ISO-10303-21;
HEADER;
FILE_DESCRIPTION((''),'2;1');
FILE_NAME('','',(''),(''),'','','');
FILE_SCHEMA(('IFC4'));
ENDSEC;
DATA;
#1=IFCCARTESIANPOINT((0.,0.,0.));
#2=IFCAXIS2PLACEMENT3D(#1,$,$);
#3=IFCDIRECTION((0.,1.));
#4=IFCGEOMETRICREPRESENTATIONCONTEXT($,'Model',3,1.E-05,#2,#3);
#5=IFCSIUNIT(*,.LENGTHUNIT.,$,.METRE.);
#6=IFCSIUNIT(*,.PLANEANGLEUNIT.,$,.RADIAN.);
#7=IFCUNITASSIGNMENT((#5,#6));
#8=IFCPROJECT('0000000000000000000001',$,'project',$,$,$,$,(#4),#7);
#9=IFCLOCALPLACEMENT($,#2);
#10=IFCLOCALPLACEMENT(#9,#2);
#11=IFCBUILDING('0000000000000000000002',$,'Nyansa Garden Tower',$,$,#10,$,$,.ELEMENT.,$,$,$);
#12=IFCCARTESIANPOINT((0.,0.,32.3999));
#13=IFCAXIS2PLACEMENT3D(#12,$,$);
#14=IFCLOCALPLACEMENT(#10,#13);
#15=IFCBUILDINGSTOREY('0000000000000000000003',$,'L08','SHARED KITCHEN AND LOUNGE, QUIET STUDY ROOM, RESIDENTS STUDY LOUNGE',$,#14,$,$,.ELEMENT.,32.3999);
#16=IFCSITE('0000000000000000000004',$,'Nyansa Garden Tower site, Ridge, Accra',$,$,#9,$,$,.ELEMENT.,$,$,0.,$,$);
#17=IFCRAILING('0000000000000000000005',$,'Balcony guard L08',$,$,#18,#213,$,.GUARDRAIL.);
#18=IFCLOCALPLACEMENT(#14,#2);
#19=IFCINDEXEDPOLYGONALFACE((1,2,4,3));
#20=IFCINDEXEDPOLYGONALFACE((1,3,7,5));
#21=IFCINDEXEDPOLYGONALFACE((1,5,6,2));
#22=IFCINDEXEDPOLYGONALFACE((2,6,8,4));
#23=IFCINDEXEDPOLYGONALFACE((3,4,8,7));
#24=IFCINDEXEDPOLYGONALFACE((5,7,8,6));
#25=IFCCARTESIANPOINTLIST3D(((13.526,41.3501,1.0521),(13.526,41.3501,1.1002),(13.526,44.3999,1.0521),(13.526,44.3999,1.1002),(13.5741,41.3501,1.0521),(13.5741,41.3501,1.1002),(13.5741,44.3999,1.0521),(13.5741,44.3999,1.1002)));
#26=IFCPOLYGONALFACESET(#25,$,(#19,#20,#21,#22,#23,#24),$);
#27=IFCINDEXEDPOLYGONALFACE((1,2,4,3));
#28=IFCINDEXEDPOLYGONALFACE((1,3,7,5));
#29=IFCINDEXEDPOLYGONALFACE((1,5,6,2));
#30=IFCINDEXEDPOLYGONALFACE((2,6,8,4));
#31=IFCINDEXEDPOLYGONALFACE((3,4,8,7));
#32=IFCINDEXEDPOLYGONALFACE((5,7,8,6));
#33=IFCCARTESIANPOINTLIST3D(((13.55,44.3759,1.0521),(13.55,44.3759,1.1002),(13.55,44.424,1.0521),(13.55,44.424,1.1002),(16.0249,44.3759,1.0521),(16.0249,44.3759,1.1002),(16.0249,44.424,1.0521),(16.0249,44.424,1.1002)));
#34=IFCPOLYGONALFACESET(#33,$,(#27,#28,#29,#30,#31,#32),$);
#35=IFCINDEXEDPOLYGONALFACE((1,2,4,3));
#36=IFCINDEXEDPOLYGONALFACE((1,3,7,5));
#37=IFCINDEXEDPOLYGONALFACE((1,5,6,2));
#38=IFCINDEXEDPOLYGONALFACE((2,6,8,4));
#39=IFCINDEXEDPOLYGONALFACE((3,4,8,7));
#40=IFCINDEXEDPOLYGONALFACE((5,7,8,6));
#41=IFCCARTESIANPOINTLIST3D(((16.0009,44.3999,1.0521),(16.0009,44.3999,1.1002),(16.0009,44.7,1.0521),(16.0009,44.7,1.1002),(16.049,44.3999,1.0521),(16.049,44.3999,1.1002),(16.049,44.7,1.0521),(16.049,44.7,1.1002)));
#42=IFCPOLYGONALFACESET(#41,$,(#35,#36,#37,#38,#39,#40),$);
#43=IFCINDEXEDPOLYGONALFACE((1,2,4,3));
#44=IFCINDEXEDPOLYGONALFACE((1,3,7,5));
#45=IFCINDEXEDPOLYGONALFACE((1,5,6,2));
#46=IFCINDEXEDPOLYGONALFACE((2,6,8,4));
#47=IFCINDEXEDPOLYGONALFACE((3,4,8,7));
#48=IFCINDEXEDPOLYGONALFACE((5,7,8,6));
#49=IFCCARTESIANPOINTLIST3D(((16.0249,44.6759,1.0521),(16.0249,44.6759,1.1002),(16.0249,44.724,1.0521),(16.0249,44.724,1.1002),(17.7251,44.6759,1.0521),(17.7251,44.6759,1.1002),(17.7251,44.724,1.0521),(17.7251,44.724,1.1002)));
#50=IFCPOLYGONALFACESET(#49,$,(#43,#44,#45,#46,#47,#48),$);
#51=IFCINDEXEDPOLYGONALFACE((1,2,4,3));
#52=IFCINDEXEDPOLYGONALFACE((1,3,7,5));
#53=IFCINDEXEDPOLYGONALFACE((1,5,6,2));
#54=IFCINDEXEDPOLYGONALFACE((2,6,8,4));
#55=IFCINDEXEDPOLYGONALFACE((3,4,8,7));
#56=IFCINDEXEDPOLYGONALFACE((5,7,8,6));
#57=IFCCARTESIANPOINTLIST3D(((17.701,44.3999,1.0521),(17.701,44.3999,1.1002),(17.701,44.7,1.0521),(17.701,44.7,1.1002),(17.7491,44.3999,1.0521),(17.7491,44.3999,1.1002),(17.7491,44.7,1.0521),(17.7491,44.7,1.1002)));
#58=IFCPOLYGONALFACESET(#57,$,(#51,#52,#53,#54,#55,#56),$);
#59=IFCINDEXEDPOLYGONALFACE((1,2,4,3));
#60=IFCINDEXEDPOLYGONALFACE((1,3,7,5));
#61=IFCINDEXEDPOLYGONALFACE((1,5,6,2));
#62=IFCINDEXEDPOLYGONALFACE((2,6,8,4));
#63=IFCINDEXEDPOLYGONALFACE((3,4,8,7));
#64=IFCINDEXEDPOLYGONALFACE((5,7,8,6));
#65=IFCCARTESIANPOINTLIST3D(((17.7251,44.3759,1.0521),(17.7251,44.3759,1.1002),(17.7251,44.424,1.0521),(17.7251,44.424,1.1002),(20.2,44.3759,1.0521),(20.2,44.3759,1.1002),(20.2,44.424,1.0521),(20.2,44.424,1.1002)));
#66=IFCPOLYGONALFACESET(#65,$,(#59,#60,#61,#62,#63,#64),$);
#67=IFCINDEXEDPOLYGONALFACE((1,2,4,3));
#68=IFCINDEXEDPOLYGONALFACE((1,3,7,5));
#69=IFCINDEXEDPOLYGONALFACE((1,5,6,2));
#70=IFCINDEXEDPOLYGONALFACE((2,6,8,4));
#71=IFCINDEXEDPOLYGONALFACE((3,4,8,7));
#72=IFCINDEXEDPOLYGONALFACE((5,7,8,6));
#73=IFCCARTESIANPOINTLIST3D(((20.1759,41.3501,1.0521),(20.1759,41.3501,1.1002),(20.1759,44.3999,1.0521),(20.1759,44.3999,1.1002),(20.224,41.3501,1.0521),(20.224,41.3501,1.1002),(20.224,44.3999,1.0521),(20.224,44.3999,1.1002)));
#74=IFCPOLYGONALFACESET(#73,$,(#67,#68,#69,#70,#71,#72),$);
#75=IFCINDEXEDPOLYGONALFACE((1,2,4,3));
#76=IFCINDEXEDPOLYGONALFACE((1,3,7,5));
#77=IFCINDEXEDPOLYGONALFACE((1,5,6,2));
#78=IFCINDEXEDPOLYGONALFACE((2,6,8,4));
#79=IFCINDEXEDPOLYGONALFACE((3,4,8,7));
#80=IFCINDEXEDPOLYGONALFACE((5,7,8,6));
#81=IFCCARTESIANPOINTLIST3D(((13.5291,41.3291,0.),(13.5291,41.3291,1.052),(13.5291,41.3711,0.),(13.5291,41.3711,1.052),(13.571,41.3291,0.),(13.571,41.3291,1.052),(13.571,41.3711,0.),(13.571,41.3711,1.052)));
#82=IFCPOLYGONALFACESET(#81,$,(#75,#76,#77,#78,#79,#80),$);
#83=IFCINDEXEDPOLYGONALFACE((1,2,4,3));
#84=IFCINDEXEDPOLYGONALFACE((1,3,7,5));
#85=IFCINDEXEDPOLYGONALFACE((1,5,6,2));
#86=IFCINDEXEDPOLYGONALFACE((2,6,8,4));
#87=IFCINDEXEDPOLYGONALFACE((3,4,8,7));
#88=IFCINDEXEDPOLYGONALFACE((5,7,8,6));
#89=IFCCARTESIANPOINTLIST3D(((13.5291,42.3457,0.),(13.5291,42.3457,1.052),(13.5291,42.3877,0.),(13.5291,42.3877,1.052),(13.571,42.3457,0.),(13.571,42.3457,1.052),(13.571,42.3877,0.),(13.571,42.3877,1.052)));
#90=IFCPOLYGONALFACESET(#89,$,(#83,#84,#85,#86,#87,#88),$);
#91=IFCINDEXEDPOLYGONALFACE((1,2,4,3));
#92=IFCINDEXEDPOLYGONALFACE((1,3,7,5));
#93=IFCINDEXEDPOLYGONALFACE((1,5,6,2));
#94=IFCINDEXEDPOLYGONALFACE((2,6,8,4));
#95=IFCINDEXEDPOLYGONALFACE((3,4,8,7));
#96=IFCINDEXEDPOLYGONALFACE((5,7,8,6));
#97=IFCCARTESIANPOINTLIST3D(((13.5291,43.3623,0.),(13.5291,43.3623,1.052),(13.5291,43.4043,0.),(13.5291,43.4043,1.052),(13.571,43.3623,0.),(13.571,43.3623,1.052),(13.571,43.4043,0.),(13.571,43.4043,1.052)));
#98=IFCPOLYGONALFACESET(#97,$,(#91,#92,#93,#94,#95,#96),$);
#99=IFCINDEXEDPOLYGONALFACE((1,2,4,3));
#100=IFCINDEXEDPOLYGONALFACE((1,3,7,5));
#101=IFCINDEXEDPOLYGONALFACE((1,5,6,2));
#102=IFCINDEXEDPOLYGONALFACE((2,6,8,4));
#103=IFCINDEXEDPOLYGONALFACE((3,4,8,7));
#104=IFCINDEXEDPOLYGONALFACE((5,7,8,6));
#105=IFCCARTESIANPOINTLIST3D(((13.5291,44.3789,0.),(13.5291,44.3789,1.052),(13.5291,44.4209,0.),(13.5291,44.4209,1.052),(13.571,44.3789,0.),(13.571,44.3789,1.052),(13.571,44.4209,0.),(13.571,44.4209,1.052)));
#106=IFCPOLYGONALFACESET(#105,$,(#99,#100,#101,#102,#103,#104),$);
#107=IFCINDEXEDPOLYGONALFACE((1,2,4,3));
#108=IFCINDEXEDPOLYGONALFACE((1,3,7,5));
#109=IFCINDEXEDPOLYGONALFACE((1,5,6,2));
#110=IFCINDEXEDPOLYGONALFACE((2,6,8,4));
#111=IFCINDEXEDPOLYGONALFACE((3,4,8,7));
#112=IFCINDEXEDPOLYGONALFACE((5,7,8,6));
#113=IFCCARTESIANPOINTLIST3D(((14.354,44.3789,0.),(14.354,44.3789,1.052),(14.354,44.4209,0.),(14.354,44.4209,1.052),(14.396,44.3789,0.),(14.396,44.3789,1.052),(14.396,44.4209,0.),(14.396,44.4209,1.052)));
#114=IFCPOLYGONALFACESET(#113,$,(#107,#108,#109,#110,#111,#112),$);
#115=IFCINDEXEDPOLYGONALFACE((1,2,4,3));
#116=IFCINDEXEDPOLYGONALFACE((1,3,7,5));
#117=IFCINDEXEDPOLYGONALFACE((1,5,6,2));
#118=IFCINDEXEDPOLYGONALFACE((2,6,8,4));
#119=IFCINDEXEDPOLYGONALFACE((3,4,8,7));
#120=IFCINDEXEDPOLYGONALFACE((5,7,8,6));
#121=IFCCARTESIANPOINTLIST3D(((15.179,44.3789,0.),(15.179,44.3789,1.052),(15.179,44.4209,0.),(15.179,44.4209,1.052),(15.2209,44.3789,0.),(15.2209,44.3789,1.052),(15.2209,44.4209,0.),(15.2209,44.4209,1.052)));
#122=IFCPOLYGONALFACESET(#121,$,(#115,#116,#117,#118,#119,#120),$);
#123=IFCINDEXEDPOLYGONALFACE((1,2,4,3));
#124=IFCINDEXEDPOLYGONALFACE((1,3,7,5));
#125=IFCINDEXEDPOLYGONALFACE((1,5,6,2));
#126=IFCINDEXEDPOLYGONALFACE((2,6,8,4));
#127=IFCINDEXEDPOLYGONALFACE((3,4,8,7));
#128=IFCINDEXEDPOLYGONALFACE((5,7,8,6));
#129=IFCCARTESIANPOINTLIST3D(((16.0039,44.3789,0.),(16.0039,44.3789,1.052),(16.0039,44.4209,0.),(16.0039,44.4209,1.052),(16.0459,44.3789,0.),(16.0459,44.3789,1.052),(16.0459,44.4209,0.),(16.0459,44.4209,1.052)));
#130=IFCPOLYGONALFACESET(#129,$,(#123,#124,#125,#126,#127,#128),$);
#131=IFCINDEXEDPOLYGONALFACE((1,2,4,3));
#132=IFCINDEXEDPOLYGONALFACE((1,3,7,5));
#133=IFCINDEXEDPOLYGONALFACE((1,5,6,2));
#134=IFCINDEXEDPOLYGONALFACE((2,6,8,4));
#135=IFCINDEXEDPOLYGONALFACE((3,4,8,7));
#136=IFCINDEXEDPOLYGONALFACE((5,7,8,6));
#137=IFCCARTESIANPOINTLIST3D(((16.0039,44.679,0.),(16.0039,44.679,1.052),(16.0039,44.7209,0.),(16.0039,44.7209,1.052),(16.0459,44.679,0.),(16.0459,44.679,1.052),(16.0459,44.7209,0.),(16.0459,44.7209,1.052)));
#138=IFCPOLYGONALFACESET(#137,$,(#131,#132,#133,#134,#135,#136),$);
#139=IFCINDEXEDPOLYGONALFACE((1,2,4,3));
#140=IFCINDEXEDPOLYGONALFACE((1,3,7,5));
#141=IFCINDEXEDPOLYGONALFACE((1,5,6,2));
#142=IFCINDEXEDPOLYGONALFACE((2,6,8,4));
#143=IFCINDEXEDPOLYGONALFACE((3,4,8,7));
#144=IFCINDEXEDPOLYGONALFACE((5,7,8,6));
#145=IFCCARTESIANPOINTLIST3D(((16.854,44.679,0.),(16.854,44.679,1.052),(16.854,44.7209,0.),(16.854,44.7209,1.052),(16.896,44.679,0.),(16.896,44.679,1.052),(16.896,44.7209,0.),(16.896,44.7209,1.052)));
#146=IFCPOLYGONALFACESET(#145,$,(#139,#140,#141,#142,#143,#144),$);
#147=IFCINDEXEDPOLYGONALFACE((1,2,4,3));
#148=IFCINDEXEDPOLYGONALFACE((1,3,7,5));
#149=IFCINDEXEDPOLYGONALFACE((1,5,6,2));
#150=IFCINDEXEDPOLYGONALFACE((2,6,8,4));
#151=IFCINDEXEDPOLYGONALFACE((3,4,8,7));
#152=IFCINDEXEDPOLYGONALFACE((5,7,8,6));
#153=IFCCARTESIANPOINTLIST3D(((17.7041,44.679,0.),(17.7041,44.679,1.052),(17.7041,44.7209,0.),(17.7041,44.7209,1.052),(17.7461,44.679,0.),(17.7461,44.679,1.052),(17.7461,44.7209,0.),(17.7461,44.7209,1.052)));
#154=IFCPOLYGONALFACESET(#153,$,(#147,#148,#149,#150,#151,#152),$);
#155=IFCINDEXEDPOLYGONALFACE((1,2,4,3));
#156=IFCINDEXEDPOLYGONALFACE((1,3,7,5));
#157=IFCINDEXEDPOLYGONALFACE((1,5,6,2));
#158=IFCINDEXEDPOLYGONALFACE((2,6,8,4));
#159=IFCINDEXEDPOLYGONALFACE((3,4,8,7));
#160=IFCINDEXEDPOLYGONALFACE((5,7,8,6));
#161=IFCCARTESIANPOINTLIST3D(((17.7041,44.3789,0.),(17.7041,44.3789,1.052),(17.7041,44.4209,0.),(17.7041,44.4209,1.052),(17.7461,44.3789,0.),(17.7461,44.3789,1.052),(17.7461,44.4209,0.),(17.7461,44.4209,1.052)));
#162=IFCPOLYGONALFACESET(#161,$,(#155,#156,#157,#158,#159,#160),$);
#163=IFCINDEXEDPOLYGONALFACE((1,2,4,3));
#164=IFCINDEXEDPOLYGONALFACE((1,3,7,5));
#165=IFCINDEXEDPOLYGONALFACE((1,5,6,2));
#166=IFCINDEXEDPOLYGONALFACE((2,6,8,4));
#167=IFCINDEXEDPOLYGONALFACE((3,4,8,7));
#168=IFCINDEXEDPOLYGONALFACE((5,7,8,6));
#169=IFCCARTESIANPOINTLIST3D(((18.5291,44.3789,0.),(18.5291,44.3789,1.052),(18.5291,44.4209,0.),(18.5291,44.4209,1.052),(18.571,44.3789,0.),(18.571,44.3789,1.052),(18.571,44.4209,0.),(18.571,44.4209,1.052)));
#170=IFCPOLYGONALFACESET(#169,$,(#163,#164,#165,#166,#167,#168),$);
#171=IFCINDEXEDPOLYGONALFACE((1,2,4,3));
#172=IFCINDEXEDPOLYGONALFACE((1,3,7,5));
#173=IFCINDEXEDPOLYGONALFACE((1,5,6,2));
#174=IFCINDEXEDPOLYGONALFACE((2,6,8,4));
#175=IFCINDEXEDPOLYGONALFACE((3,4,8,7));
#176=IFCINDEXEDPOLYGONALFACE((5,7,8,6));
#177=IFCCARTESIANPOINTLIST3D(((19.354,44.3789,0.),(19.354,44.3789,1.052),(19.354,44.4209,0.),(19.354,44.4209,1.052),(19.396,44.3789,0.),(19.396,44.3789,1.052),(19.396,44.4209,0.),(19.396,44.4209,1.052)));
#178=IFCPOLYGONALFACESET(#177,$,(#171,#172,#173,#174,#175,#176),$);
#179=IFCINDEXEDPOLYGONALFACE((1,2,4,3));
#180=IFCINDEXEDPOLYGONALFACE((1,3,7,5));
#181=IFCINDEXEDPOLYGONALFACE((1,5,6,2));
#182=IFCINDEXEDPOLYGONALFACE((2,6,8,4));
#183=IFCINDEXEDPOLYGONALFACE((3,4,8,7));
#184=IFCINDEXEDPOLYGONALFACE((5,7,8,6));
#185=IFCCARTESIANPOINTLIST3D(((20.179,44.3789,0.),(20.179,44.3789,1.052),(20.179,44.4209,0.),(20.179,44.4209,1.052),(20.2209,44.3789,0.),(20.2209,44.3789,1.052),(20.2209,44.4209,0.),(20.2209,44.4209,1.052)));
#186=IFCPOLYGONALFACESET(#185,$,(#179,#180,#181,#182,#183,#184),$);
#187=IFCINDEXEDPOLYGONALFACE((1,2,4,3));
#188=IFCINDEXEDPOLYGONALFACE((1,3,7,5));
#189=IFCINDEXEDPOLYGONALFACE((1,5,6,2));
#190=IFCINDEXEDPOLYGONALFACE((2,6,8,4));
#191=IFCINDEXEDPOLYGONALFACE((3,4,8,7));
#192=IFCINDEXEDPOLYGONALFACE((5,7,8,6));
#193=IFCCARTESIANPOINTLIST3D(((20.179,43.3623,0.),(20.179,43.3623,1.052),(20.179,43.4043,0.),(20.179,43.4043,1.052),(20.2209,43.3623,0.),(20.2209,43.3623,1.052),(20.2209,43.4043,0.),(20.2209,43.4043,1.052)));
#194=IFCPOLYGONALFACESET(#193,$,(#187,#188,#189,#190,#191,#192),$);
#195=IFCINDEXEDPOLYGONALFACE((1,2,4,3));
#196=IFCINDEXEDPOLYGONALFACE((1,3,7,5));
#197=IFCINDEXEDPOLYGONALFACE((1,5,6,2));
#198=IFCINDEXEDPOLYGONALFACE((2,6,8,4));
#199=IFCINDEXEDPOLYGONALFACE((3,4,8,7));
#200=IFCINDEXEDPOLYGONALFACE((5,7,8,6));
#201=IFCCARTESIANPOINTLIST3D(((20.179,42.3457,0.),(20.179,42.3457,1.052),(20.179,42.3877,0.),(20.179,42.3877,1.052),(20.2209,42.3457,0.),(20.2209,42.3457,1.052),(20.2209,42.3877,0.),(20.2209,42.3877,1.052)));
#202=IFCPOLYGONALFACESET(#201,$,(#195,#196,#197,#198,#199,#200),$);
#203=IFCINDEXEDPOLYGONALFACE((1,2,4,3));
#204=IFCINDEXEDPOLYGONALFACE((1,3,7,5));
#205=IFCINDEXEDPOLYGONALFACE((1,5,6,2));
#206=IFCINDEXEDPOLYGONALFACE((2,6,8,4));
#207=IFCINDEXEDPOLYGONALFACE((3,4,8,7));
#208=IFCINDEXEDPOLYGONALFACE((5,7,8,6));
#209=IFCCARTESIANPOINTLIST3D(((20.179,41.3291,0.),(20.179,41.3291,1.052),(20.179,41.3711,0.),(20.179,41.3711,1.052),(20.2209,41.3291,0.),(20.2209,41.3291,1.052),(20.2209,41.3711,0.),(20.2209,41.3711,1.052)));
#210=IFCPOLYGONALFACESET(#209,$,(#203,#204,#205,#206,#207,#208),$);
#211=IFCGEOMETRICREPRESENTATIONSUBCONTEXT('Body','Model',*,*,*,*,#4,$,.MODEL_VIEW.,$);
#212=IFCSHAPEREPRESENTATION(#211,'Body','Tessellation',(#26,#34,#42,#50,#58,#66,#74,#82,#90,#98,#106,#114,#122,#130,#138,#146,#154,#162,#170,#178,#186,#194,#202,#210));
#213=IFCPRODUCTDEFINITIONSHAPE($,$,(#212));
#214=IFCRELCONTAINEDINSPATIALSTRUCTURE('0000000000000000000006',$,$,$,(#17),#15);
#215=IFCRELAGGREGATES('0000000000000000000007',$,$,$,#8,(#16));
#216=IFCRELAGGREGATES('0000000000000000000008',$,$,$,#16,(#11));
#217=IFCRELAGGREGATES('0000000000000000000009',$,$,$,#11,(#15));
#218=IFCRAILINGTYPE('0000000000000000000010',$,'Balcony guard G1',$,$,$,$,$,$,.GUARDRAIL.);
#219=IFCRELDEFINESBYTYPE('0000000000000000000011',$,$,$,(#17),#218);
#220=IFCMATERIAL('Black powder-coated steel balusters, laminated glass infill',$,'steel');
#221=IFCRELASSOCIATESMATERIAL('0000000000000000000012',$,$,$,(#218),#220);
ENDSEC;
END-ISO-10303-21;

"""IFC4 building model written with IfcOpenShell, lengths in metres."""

from ifc_helpers import new_model, si_unit, direction, frame, origin, origin_2d, place, context, subcontext, project, spatial, rectangle, extrude, material, type_object, element, save


model = new_model("IFC4")

# Units and contexts
model_context = context("Model", 3, precision=1e-05, world=origin(), true_north=direction((0.0, 1.0)))
body_context = subcontext(model_context, "Body", "Model", "MODEL_VIEW")
ifc_project = project(units=[si_unit("LENGTHUNIT", "METRE"), si_unit("PLANEANGLEUNIT", "RADIAN")], contexts=[model_context])

# Site, building, storey
site_placement = place(None, origin())
site = spatial("IfcSite", under=ifc_project, at=site_placement, Name="Nyansa Garden Tower site, Ridge, Accra", CompositionType="ELEMENT", RefElevation=0.0)
building_placement = place(site_placement, origin())
building = spatial("IfcBuilding", under=site, at=building_placement, Name="Nyansa Garden Tower", CompositionType="ELEMENT")
storey_placement = place(building_placement, frame((0.0, 0.0, 32.3999)))
storey = spatial("IfcBuildingStorey", under=building, at=storey_placement, Name="L08", Description="SHARED KITCHEN AND LOUNGE, QUIET STUDY ROOM, RESIDENTS STUDY LOUNGE", CompositionType="ELEMENT", Elevation=32.3999)

# Railing
ifc_material_1 = material(Name="Black powder-coated steel balusters, laminated glass infill", Category="steel")
railing_type = type_object("IfcRailingType", Name="Balcony guard G1", PredefinedType="GUARDRAIL", material=ifc_material_1)
railing_placement = place(storey_placement, frame((13.55, 41.3501, 0.0)))
element("IfcRailing", 1, at=railing_placement, inside=storey, type_object=railing_type, Name="Balcony guard L08", PredefinedType="GUARDRAIL", context=body_context, shape_type="SweptSolid", body=[
    extrude(rectangle(XDim=0.0481, YDim=0.0481, at=origin_2d()), frame((0.0, 0.0, 1.0762), z_axis=(0.0, 1.0, 0.0), x_axis=(-1.0, 0.0, 0.0)), (0.0, 0.0, 1.0), 3.0498),
    extrude(rectangle(XDim=0.0481, YDim=0.0481, at=origin_2d()), frame((0.0, 3.0498, 1.0762), z_axis=(1.0, 0.0, 0.0), x_axis=(0.0, 1.0, 0.0)), (0.0, 0.0, 1.0), 2.4749),
    extrude(rectangle(XDim=0.0481, YDim=0.0481, at=origin_2d()), frame((2.4749, 3.0498, 1.0762), z_axis=(0.0, 1.0, 0.0), x_axis=(-1.0, 0.0, 0.0)), (0.0, 0.0, 1.0), 0.3),
    extrude(rectangle(XDim=0.0481, YDim=0.0481, at=origin_2d()), frame((2.4749, 3.3499, 1.0762), z_axis=(1.0, 0.0, 0.0), x_axis=(0.0, 1.0, 0.0)), (0.0, 0.0, 1.0), 1.7002),
    extrude(rectangle(XDim=0.0481, YDim=0.0481, at=origin_2d()), frame((4.175, 3.3499, 1.0762), z_axis=(0.0, -1.0, 0.0), x_axis=(1.0, 0.0, 0.0)), (0.0, 0.0, 1.0), 0.3),
    extrude(rectangle(XDim=0.0481, YDim=0.0481, at=origin_2d()), frame((4.175, 3.0498, 1.0762), z_axis=(1.0, 0.0, 0.0), x_axis=(0.0, 1.0, 0.0)), (0.0, 0.0, 1.0), 2.4749),
    extrude(rectangle(XDim=0.0481, YDim=0.0481, at=origin_2d()), frame((6.6499, 3.0498, 1.0762), z_axis=(0.0, -1.0, 0.0), x_axis=(1.0, 0.0, 0.0)), (0.0, 0.0, 1.0), 3.0498),
    extrude(rectangle(XDim=0.042, YDim=0.042, at=origin_2d()), origin(), (0.0, 0.0, 1.0), 1.052),
    extrude(rectangle(XDim=0.042, YDim=0.042, at=origin_2d()), frame((0.0, 1.0166, 0.0)), (0.0, 0.0, 1.0), 1.052),
    extrude(rectangle(XDim=0.042, YDim=0.042, at=origin_2d()), frame((0.0, 2.0332, 0.0)), (0.0, 0.0, 1.0), 1.052),
    extrude(rectangle(XDim=0.042, YDim=0.042, at=origin_2d()), frame((0.0, 3.0498, 0.0)), (0.0, 0.0, 1.0), 1.052),
    extrude(rectangle(XDim=0.042, YDim=0.042, at=origin_2d()), frame((0.825, 3.0498, 0.0)), (0.0, 0.0, 1.0), 1.052),
    extrude(rectangle(XDim=0.042, YDim=0.042, at=origin_2d()), frame((1.6499, 3.0498, 0.0)), (0.0, 0.0, 1.0), 1.052),
    extrude(rectangle(XDim=0.042, YDim=0.042, at=origin_2d()), frame((2.4749, 3.0498, 0.0)), (0.0, 0.0, 1.0), 1.052),
    extrude(rectangle(XDim=0.042, YDim=0.042, at=origin_2d()), frame((2.4749, 3.3499, 0.0)), (0.0, 0.0, 1.0), 1.052),
    extrude(rectangle(XDim=0.042, YDim=0.042, at=origin_2d()), frame((3.325, 3.3499, 0.0)), (0.0, 0.0, 1.0), 1.052),
    extrude(rectangle(XDim=0.042, YDim=0.042, at=origin_2d()), frame((4.175, 3.3499, 0.0)), (0.0, 0.0, 1.0), 1.052),
    extrude(rectangle(XDim=0.042, YDim=0.042, at=origin_2d()), frame((4.175, 3.0498, 0.0)), (0.0, 0.0, 1.0), 1.052),
    extrude(rectangle(XDim=0.042, YDim=0.042, at=origin_2d()), frame((5.0, 3.0498, 0.0)), (0.0, 0.0, 1.0), 1.052),
    extrude(rectangle(XDim=0.042, YDim=0.042, at=origin_2d()), frame((5.825, 3.0498, 0.0)), (0.0, 0.0, 1.0), 1.052),
    extrude(rectangle(XDim=0.042, YDim=0.042, at=origin_2d()), frame((6.6499, 3.0498, 0.0)), (0.0, 0.0, 1.0), 1.052),
    extrude(rectangle(XDim=0.042, YDim=0.042, at=origin_2d()), frame((6.6499, 2.0332, 0.0)), (0.0, 0.0, 1.0), 1.052),
    extrude(rectangle(XDim=0.042, YDim=0.042, at=origin_2d()), frame((6.6499, 1.0166, 0.0)), (0.0, 0.0, 1.0), 1.052),
    extrude(rectangle(XDim=0.042, YDim=0.042, at=origin_2d()), frame((6.6499, 0.0, 0.0)), (0.0, 0.0, 1.0), 1.052),
])

save(model, "model.ifc")
